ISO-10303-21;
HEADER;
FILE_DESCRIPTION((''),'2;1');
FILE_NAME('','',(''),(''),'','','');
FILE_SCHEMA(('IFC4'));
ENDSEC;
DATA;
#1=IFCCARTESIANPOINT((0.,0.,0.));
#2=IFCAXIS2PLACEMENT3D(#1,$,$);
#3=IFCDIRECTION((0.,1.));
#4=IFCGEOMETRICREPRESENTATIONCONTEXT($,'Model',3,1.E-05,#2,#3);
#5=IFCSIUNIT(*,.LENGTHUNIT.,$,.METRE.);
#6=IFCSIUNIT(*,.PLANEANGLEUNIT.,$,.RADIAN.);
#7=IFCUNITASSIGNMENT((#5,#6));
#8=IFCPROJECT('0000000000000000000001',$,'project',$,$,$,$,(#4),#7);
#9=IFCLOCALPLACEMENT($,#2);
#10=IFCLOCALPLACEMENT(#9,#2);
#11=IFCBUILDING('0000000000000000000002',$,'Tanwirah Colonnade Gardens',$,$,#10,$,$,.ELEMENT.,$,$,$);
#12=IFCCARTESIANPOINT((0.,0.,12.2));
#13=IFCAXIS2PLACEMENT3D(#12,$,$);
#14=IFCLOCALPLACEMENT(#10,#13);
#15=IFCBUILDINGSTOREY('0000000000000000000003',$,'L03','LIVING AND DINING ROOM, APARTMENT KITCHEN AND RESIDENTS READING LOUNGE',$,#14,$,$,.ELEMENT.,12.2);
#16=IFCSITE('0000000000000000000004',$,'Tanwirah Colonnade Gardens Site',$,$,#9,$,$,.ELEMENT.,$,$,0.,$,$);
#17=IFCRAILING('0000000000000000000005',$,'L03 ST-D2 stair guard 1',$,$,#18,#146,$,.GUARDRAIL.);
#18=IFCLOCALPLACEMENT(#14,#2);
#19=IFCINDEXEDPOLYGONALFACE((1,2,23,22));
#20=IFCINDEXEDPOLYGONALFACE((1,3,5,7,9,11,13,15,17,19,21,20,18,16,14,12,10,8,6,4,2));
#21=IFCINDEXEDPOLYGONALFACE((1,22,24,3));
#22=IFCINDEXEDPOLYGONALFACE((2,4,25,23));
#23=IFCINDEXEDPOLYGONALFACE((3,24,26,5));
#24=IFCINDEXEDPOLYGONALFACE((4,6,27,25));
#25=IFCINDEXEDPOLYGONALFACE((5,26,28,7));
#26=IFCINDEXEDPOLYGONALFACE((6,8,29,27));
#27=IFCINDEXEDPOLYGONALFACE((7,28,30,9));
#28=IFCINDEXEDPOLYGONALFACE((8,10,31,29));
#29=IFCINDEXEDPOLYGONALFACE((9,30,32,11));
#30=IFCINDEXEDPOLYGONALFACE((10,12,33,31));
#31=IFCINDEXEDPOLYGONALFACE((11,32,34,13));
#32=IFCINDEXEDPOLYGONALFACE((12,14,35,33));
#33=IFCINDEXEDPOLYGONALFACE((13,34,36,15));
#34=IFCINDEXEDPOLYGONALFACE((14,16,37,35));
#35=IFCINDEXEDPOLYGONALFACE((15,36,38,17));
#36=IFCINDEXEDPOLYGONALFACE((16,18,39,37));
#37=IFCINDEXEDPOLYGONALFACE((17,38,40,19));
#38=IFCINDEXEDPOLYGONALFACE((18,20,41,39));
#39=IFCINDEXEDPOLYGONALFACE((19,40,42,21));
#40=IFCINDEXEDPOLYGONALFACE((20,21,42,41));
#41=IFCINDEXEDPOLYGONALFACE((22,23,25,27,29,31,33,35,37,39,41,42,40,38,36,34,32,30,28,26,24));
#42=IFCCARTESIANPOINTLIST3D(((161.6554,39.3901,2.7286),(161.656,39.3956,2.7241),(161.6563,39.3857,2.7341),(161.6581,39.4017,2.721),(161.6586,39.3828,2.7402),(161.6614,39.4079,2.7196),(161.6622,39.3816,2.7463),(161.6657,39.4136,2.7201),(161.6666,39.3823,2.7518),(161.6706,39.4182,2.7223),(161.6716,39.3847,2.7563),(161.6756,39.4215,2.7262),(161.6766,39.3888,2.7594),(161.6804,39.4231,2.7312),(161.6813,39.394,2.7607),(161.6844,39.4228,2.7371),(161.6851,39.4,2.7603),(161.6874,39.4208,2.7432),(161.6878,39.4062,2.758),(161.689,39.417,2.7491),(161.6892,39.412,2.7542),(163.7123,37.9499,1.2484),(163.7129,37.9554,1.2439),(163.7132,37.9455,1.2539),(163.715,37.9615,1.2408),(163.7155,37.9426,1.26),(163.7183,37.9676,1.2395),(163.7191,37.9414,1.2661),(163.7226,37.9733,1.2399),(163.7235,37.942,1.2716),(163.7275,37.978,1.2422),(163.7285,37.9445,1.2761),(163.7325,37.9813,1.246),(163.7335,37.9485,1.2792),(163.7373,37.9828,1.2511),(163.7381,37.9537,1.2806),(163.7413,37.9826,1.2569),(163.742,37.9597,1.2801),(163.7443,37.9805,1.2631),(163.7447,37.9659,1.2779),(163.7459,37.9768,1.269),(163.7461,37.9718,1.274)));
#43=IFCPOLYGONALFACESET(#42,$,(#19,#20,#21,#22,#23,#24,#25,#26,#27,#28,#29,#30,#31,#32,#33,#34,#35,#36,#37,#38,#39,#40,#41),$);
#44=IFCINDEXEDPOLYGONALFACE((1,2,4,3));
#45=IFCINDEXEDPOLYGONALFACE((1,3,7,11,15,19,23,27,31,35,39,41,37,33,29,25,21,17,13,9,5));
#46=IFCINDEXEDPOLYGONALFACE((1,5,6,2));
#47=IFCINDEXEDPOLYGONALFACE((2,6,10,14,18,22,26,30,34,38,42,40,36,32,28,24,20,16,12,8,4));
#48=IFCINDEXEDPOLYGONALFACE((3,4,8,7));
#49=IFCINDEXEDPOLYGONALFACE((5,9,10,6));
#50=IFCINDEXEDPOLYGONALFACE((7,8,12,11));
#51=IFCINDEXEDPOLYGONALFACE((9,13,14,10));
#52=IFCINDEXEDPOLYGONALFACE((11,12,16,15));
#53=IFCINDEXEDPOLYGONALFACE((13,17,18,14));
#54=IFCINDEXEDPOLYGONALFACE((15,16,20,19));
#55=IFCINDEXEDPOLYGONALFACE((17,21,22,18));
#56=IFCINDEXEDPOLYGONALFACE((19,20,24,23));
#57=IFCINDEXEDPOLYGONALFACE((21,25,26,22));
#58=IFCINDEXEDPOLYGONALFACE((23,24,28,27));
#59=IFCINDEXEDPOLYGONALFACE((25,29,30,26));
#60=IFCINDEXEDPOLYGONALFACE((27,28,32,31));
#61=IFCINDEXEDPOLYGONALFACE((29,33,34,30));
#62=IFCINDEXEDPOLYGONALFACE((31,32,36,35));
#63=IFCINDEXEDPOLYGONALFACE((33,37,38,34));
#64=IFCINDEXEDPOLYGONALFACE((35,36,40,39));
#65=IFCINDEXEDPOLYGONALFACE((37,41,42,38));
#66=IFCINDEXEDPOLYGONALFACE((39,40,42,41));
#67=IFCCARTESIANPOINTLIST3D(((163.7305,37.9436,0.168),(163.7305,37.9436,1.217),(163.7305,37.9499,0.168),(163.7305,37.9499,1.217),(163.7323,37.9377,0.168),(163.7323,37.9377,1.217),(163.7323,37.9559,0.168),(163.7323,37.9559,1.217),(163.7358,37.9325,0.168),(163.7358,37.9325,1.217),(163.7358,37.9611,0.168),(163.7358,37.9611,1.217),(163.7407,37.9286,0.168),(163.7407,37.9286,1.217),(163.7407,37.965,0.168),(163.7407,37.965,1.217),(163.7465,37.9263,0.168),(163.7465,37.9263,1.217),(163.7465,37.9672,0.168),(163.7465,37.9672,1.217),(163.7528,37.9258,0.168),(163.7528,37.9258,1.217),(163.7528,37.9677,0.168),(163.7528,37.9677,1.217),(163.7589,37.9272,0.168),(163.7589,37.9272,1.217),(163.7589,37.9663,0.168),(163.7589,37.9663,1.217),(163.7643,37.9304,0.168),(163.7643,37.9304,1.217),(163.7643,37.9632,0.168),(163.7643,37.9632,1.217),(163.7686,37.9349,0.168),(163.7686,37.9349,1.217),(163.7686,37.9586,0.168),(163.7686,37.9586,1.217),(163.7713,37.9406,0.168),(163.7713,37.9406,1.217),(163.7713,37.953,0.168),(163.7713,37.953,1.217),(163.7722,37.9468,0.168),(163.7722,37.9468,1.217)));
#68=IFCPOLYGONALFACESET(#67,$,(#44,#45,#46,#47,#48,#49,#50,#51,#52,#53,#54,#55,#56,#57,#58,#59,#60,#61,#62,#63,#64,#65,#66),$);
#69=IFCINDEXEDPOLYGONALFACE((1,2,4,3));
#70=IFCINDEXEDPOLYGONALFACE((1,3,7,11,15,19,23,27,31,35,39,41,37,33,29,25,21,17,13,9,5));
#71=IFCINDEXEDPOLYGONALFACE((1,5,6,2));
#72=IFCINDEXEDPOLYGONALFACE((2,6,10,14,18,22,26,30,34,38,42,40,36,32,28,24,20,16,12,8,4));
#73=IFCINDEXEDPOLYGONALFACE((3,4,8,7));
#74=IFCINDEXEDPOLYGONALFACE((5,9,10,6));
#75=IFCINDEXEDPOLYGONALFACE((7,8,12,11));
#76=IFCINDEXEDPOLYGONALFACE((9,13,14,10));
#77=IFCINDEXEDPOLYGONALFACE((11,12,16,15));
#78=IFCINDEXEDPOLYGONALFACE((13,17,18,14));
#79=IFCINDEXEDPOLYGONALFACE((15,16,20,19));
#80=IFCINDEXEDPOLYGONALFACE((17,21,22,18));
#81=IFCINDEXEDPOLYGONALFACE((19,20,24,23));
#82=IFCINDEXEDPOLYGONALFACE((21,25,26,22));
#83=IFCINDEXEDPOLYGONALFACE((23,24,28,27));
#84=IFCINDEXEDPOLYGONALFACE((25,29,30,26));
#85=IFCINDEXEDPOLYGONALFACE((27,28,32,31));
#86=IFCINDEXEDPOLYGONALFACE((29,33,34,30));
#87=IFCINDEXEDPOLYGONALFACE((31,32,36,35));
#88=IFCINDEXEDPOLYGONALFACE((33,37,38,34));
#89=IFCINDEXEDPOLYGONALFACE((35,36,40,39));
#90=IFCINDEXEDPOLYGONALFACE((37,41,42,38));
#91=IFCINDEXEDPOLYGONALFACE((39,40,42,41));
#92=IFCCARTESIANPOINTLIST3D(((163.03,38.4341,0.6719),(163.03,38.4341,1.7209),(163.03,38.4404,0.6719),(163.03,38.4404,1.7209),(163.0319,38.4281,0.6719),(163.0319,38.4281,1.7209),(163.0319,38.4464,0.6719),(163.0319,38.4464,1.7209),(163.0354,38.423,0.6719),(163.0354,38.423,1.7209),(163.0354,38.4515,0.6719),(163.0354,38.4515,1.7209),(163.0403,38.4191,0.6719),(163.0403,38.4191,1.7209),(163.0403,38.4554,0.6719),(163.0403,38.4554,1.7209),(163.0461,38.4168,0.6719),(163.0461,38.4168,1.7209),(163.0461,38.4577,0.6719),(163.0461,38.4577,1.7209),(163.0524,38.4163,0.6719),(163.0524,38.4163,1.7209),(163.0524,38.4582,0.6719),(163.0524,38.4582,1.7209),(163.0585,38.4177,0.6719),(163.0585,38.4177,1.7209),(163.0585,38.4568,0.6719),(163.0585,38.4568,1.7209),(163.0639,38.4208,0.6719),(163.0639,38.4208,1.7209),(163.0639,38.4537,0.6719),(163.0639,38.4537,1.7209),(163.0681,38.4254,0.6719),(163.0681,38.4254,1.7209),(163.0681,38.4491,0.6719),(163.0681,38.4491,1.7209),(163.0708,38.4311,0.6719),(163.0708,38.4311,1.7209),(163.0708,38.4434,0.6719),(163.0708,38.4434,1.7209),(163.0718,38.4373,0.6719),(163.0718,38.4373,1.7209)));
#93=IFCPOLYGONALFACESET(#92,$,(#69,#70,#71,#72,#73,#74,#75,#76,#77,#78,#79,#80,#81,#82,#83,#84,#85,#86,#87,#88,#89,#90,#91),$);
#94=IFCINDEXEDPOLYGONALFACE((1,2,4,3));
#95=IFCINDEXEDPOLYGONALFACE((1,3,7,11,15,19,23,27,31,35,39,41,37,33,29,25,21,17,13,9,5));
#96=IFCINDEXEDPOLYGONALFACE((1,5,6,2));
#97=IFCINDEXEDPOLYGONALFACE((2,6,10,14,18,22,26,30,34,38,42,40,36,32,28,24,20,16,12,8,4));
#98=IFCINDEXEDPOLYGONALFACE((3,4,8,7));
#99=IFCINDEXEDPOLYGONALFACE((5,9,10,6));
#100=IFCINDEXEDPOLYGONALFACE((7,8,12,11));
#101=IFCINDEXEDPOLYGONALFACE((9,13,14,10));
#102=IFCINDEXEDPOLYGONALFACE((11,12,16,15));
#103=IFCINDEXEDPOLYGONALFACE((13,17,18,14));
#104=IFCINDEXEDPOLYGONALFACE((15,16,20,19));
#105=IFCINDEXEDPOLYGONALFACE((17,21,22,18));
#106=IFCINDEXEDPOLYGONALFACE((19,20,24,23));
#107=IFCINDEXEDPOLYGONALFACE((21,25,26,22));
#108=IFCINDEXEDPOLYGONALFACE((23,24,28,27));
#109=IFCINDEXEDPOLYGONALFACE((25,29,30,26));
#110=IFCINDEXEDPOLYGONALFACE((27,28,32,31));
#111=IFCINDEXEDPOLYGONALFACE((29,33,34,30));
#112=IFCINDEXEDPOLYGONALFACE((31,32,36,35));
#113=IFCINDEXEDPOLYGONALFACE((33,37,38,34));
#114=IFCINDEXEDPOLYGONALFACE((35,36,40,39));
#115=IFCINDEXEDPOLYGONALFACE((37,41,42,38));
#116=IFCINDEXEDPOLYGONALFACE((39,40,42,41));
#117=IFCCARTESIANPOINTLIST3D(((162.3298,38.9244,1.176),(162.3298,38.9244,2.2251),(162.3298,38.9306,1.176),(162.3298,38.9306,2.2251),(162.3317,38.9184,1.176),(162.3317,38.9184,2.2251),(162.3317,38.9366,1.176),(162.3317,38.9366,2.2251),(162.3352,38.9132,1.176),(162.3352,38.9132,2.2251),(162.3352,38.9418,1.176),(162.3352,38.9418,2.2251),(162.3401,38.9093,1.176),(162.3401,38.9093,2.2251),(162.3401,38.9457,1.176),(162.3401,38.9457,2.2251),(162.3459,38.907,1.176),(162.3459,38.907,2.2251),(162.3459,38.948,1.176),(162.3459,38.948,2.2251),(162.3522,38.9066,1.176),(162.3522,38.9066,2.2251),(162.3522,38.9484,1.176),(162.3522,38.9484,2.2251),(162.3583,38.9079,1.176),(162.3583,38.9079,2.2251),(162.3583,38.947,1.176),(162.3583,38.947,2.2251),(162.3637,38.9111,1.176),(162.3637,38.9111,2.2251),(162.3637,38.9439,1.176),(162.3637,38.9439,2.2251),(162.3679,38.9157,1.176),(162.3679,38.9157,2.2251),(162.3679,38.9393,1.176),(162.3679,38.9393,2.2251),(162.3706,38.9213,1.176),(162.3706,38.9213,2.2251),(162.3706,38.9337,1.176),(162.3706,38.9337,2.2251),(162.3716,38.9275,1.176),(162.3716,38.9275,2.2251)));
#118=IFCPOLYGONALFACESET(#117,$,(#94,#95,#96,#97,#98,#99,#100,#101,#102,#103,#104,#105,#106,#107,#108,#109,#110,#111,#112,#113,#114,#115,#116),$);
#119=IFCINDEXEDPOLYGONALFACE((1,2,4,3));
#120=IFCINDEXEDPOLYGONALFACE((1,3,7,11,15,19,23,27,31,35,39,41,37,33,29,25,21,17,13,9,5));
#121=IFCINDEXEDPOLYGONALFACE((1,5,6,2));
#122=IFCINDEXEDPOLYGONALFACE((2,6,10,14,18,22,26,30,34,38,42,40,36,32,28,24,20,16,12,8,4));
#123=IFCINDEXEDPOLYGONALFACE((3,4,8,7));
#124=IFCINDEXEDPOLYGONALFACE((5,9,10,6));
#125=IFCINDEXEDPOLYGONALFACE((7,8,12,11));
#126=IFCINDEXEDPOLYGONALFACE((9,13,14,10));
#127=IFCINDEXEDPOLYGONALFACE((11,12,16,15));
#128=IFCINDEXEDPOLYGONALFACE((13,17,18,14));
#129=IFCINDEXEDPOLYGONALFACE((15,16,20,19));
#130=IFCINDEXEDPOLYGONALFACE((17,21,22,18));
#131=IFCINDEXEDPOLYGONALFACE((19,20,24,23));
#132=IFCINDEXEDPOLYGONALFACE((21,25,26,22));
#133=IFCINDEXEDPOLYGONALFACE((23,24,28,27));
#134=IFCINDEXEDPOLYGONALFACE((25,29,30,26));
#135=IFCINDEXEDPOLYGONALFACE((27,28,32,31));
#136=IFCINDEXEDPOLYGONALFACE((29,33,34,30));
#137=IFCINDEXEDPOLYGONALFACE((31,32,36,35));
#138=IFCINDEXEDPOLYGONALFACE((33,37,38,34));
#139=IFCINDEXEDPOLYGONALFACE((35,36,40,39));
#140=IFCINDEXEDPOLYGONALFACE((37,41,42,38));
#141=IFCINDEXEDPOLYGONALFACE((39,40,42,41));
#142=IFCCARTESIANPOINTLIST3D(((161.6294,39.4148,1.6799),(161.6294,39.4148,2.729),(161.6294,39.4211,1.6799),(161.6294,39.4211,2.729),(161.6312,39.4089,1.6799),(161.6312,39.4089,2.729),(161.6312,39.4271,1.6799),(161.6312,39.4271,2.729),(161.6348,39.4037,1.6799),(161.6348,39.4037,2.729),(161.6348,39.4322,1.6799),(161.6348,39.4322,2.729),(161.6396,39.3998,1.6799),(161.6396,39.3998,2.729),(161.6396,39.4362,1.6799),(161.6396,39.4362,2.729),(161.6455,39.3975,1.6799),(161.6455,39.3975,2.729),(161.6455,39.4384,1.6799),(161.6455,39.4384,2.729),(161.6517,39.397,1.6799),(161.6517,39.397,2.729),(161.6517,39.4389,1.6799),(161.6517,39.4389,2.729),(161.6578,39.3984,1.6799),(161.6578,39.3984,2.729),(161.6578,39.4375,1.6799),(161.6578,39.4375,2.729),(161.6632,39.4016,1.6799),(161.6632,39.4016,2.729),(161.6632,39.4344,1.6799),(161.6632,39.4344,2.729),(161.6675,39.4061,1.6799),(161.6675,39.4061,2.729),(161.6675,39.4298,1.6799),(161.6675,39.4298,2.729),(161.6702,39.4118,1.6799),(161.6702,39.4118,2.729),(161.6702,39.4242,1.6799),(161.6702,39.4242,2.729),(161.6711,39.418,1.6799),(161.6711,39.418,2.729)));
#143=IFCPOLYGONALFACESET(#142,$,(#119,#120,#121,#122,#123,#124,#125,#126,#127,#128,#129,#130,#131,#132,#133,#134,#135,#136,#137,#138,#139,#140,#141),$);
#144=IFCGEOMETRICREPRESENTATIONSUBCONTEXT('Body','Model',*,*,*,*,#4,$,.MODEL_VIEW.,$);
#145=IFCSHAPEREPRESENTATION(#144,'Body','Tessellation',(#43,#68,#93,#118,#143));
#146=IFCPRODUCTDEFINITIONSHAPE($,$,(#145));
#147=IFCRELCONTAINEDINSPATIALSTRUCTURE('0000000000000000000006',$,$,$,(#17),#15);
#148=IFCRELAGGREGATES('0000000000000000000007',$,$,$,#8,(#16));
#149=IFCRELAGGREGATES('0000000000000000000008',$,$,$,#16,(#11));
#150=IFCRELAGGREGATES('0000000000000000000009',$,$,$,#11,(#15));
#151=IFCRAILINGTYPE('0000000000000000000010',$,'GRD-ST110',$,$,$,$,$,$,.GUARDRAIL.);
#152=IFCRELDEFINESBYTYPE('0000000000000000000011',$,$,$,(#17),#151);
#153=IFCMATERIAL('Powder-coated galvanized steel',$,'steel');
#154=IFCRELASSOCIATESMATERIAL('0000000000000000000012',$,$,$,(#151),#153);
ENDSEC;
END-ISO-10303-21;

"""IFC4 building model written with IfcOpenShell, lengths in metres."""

from ifc_helpers import new_model, si_unit, direction, frame, origin, origin_2d, place, context, subcontext, project, spatial, circle, extrude, material, type_object, element, save


model = new_model("IFC4")

# Units and contexts
model_context = context("Model", 3, precision=1e-05, world=origin(), true_north=direction((0.0, 1.0)))
body_context = subcontext(model_context, "Body", "Model", "MODEL_VIEW")
ifc_project = project(units=[si_unit("LENGTHUNIT", "METRE"), si_unit("PLANEANGLEUNIT", "RADIAN")], contexts=[model_context])

# Site, building, storey
site_placement = place(None, origin())
site = spatial("IfcSite", under=ifc_project, at=site_placement, Name="Tanwirah Colonnade Gardens Site", CompositionType="ELEMENT", RefElevation=0.0)
building_placement = place(site_placement, origin())
building = spatial("IfcBuilding", under=site, at=building_placement, Name="Tanwirah Colonnade Gardens", CompositionType="ELEMENT")
storey_placement = place(building_placement, frame((0.0, 0.0, 12.2)))
storey = spatial("IfcBuildingStorey", under=building, at=storey_placement, Name="L03", Description="LIVING AND DINING ROOM, APARTMENT KITCHEN AND RESIDENTS READING LOUNGE", CompositionType="ELEMENT", Elevation=12.2)

# Railing
ifc_material_1 = material(Name="Powder-coated galvanized steel", Category="steel")
railing_type_1 = type_object("IfcRailingType", Name="GRD-ST110", PredefinedType="GUARDRAIL", material=ifc_material_1)
railing_1_placement = place(storey_placement, frame((163.7512, 37.9468, 0.168)))
element("IfcRailing", 1, at=railing_1_placement, inside=storey, type_object=railing_type_1, Name="L03 ST-D2 stair guard 1", PredefinedType="GUARDRAIL", context=body_context, shape_type="SweptSolid", body=[
    extrude(circle(Radius=0.0239, at=origin_2d()), frame((-0.022, 0.0154, 1.092), z_axis=(-0.705673, 0.494118, 0.507812), x_axis=(-0.573577, -0.819151, 0.0)), (0.0, 0.0, 1.0), 2.9148),
    extrude(circle(Radius=0.021, at=origin_2d()), origin(), (0.0, 0.0, 1.0), 1.0491),
    extrude(circle(Radius=0.021, at=origin_2d()), frame((-0.7004, 0.4905, 0.5039)), (0.0, 0.0, 1.0), 1.0491),
    extrude(circle(Radius=0.021, at=origin_2d()), frame((-1.4006, 0.9807, 1.0081)), (0.0, 0.0, 1.0), 1.0491),
    extrude(circle(Radius=0.021, at=origin_2d()), frame((-2.1011, 1.4712, 1.512)), (0.0, 0.0, 1.0), 1.0491),
])

save(model, "model.ifc")
